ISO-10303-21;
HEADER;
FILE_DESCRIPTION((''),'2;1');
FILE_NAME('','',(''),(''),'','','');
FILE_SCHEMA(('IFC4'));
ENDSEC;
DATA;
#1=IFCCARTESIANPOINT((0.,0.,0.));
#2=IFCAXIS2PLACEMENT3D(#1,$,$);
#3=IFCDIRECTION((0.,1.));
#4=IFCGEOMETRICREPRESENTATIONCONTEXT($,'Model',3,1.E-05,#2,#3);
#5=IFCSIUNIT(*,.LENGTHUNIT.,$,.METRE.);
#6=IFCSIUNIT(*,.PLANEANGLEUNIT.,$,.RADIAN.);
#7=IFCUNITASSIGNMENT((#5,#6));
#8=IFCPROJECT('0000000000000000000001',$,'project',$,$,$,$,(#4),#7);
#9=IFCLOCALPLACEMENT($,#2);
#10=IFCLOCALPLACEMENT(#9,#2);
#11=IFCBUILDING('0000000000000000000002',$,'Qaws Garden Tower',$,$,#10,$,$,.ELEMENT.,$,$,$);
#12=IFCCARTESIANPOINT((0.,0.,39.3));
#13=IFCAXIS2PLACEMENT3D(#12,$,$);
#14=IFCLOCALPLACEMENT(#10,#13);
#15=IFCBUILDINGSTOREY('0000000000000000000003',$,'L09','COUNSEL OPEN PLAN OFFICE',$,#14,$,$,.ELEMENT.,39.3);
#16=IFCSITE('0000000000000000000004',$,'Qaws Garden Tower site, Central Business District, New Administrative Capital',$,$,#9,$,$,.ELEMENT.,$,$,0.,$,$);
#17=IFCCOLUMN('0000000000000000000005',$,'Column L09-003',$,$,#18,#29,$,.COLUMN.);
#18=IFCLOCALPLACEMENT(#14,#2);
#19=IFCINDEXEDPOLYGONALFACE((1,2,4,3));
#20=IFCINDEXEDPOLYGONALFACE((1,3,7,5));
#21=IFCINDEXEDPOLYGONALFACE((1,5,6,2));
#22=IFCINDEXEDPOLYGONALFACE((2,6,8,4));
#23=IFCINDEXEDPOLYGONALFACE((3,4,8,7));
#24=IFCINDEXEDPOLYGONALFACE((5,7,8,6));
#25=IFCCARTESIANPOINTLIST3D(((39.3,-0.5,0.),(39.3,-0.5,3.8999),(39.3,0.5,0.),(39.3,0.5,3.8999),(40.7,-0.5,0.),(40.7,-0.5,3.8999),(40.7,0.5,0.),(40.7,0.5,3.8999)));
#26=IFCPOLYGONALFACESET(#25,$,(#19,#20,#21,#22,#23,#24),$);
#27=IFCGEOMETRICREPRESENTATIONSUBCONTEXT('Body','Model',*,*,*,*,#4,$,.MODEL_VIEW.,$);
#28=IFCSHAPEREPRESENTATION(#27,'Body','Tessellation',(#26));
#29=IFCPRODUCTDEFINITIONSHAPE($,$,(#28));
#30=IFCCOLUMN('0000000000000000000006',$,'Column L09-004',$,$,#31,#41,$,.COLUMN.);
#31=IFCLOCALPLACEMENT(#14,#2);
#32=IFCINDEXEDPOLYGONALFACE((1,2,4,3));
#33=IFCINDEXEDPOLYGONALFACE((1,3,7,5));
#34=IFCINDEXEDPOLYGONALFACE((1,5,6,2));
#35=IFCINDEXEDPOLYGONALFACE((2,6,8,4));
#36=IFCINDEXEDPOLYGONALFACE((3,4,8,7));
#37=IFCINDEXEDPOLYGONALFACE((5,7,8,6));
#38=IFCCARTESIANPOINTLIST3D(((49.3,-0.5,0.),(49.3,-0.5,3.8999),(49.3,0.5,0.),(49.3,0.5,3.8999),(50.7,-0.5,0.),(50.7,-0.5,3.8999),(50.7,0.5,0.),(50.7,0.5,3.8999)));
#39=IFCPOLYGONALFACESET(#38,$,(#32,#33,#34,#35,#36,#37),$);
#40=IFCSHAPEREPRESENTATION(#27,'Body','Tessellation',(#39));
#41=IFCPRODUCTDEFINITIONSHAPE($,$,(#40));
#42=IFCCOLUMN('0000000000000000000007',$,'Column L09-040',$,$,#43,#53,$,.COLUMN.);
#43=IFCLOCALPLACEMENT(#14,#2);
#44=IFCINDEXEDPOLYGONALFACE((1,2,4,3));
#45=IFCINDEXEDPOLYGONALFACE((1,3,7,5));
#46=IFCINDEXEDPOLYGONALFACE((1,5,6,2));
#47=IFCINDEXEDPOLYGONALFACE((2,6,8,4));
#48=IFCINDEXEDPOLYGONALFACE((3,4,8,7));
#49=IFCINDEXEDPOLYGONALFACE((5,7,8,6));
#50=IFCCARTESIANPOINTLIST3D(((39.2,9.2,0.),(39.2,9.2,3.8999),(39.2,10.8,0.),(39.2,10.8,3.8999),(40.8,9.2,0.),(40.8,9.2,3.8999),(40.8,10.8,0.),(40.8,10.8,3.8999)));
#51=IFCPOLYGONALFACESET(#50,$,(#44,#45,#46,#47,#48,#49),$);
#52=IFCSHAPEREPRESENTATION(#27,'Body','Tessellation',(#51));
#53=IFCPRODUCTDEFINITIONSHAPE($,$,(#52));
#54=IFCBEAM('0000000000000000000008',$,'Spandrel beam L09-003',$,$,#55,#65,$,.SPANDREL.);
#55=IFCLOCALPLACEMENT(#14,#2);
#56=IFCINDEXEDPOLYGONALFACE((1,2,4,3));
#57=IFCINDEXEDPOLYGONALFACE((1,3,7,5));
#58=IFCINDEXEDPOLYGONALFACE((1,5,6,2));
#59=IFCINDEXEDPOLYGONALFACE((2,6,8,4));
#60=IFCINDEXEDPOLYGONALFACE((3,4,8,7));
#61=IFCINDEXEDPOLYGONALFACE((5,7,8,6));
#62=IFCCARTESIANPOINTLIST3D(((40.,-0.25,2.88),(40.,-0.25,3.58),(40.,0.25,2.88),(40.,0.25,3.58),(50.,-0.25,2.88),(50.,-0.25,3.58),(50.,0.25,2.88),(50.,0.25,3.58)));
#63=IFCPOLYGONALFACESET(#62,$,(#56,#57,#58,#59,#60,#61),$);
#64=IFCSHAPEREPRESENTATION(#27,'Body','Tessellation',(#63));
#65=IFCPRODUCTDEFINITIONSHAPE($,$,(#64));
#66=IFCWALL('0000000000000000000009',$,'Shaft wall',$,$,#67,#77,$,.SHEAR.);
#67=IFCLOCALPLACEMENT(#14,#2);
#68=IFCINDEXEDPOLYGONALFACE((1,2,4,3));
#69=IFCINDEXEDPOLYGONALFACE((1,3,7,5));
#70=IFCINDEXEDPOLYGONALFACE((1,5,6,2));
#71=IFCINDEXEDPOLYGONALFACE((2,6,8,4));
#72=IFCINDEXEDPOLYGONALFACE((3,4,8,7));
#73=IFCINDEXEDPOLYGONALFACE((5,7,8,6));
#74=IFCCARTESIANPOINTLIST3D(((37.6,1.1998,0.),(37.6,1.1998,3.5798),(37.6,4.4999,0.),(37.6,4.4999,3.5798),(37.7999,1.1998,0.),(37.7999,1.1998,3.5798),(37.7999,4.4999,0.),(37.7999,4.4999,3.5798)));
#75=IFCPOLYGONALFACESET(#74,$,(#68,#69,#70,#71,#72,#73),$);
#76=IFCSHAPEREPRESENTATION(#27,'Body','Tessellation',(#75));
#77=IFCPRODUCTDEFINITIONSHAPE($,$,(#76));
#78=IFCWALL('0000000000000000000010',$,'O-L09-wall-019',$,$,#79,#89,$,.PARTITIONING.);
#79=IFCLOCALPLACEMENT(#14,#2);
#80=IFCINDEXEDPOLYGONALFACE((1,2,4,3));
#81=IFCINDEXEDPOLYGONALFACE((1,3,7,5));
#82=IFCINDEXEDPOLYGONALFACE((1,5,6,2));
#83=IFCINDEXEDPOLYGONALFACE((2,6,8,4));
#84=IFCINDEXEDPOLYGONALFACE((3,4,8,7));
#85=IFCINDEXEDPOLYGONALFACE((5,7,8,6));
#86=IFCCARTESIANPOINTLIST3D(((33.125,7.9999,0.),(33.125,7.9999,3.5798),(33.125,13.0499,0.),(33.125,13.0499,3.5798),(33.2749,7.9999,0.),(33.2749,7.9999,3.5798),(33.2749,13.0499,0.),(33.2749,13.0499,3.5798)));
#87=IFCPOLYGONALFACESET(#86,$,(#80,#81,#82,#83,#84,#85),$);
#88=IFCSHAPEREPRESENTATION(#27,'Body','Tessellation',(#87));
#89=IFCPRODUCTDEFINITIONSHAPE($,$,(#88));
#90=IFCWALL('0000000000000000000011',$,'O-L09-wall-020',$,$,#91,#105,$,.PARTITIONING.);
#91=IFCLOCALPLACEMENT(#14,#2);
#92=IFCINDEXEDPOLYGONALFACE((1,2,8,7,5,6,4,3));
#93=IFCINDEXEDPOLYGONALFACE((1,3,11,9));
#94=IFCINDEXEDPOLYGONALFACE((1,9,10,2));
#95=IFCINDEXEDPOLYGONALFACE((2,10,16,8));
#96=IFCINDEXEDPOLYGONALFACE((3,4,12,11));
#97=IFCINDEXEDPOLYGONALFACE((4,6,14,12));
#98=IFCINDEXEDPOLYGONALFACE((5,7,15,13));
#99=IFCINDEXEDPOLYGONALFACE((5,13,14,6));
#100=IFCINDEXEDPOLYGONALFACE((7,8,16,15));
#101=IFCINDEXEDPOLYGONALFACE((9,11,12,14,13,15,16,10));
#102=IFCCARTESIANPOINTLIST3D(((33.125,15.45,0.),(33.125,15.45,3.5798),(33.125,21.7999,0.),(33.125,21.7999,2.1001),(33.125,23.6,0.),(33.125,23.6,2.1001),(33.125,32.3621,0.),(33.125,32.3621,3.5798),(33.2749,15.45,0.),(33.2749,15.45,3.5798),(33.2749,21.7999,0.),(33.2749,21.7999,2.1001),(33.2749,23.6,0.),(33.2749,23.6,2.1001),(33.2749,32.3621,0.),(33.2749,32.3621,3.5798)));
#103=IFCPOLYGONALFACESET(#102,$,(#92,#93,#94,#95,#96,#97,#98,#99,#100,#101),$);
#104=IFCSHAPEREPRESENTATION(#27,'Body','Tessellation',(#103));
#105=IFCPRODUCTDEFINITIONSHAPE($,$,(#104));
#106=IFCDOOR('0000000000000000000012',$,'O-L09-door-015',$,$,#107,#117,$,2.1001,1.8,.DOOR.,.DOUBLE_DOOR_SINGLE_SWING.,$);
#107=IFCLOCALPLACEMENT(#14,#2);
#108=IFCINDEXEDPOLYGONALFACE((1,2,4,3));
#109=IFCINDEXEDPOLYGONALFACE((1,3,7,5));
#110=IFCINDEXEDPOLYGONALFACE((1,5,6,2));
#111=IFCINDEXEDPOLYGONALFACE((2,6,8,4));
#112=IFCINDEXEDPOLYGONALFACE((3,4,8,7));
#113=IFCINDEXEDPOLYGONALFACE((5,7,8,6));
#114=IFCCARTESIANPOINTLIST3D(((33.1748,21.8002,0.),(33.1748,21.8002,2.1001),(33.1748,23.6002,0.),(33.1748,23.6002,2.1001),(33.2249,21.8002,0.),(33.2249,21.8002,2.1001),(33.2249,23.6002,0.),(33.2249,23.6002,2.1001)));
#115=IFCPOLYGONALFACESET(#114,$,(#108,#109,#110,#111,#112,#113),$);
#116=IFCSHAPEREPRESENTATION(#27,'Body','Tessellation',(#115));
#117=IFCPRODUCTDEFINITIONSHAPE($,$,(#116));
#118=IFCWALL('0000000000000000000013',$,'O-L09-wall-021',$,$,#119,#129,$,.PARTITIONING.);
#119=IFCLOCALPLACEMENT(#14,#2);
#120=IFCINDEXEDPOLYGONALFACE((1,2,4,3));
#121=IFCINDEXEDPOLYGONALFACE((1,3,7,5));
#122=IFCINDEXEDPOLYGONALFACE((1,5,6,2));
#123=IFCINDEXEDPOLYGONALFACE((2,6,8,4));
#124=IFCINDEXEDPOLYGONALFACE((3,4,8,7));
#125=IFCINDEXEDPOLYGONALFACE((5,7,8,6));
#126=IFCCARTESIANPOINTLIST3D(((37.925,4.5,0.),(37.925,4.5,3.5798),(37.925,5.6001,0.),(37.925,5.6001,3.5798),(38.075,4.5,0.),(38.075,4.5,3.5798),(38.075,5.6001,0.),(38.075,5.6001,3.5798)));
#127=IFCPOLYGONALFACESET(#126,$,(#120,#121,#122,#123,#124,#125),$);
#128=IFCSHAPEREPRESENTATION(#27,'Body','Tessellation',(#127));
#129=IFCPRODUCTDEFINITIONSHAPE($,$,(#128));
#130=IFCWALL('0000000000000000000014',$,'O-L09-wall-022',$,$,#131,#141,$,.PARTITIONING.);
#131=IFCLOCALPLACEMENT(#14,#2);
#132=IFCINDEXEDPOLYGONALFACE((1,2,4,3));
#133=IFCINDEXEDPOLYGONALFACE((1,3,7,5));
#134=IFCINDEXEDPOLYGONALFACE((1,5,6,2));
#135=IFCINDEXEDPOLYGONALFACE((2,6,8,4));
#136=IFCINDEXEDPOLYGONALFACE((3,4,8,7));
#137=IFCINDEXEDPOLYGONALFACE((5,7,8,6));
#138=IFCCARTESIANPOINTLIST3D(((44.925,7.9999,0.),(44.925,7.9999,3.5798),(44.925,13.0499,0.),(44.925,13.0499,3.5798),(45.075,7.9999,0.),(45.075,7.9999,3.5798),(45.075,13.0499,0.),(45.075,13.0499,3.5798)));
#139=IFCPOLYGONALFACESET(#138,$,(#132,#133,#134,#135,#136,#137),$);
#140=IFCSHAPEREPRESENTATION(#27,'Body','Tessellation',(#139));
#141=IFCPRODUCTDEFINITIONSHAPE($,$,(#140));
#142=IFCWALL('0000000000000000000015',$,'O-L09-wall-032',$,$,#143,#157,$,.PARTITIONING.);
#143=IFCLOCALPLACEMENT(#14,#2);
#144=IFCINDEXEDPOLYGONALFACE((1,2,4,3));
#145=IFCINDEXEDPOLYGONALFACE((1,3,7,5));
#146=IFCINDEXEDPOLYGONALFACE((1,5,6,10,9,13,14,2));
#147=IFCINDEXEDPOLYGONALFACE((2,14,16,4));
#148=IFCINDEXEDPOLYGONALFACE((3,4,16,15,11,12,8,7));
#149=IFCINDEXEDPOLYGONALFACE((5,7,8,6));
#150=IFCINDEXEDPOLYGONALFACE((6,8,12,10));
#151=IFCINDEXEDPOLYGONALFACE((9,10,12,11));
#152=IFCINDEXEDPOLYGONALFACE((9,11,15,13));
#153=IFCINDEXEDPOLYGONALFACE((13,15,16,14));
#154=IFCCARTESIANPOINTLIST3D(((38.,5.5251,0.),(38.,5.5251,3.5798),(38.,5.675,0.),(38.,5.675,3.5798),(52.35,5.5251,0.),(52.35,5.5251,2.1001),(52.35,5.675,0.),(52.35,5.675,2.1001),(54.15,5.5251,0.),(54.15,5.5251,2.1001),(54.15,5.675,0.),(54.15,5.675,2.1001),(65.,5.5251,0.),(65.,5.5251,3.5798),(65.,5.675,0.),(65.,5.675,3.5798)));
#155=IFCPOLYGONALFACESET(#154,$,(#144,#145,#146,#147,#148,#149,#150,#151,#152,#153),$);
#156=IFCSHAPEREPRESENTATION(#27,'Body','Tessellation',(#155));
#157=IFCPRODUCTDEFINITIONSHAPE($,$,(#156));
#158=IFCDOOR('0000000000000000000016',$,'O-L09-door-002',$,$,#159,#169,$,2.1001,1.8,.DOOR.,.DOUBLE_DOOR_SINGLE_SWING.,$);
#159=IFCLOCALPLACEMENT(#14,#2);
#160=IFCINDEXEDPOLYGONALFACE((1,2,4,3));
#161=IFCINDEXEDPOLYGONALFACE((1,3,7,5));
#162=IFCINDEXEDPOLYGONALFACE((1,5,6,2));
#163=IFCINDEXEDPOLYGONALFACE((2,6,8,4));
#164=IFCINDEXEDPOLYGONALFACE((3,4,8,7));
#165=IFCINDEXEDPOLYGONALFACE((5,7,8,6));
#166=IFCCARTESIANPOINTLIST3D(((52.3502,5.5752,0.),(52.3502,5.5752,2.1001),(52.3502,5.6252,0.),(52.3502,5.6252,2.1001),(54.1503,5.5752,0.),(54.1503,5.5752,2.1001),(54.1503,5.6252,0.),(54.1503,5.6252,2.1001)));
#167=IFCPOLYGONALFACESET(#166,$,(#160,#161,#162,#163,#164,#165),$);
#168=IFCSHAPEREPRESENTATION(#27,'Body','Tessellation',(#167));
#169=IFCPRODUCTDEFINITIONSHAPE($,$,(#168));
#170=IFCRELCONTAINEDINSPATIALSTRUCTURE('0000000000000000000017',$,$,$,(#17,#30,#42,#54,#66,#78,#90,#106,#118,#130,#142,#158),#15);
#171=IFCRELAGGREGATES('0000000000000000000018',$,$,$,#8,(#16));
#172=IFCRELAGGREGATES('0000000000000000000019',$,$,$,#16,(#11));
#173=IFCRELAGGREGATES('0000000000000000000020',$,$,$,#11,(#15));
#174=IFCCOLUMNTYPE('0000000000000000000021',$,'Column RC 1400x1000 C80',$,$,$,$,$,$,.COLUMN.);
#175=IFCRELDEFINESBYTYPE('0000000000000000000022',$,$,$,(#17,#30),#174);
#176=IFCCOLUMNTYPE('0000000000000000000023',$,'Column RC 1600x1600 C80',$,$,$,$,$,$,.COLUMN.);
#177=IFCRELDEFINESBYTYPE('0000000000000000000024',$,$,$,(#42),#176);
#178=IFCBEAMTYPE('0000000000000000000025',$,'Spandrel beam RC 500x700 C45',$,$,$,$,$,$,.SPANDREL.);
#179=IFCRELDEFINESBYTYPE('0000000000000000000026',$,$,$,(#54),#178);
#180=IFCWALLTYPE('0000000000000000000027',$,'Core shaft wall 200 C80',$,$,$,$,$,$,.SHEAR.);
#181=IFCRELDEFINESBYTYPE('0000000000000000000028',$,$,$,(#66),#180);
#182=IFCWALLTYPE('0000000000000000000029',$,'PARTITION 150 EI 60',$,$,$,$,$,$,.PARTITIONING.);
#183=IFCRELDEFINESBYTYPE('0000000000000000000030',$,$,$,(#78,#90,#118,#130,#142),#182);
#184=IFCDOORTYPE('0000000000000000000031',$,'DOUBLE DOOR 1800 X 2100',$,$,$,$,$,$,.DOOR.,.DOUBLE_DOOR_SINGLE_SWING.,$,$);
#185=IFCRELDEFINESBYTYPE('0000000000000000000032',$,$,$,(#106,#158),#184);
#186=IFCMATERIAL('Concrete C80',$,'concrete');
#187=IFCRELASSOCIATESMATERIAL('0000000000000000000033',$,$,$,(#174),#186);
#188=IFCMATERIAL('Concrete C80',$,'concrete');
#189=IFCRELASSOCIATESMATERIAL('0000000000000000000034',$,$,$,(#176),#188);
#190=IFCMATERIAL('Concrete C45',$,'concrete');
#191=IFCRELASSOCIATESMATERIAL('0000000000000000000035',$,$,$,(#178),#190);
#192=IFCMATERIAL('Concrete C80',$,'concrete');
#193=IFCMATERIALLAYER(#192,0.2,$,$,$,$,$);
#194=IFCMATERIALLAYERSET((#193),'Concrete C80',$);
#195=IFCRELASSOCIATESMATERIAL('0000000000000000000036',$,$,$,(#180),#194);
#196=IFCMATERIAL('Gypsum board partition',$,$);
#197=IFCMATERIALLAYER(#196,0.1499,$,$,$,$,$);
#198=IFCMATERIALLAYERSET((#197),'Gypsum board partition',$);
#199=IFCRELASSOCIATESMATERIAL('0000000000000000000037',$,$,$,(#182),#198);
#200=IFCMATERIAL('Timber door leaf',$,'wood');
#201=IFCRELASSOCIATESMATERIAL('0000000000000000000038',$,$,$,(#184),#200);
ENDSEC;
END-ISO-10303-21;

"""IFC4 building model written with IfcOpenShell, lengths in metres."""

from ifc_helpers import new_model, si_unit, direction, frame, frame_2d, origin, origin_2d, place, context, subcontext, project, spatial, rectangle, extrude, material, layer, layer_set, material_profile, profile_set, type_object, element, fill, save


model = new_model("IFC4")

# Units and contexts
model_context = context("Model", 3, precision=1e-05, world=origin(), true_north=direction((0.0, 1.0)))
body_context = subcontext(model_context, "Body", "Model", "MODEL_VIEW")
ifc_project = project(units=[si_unit("LENGTHUNIT", "METRE"), si_unit("PLANEANGLEUNIT", "RADIAN")], contexts=[model_context])

# Site, building, storey
site_placement = place(None, origin())
site = spatial("IfcSite", under=ifc_project, at=site_placement, Name="Qaws Garden Tower site, Central Business District, New Administrative Capital", CompositionType="ELEMENT", RefElevation=0.0)
building_placement = place(site_placement, origin())
building = spatial("IfcBuilding", under=site, at=building_placement, Name="Qaws Garden Tower", CompositionType="ELEMENT")
storey_placement = place(building_placement, frame((0.0, 0.0, 39.3)))
storey = spatial("IfcBuildingStorey", under=building, at=storey_placement, Name="L09", Description="COUNSEL OPEN PLAN OFFICE", CompositionType="ELEMENT", Elevation=39.3)

# Columns
ifc_material_1 = material(Name="Concrete C80", Category="concrete")
ifc_material_profile_1 = material_profile(ifc_material_1, rectangle(XDim=1.3999, YDim=1.0, at=origin_2d()), Name="RC 1400x1000")
ifc_profile_set_1 = profile_set([ifc_material_profile_1], Name="Concrete C80")
column_type_1 = type_object("IfcColumnType", Name="Column RC 1400x1000 C80", PredefinedType="COLUMN", material=ifc_profile_set_1)
for number, where, z_axis, x_axis, name in (
    (1, (40.0, 0.0, 0.0), (0.0, 0.0, 1.0), (1.0, 0.0, 0.0), "Column L09-003"),
    (2, (50.0, 0.0, 0.0), (0.0, 0.0, 1.0), (1.0, 0.0, 0.0), "Column L09-004"),
):
    element("IfcColumn", number, at=place(storey_placement, frame(where, z_axis=z_axis, x_axis=x_axis)), inside=storey, type_object=column_type_1, Name=name, PredefinedType="COLUMN", context=body_context, shape_type="SweptSolid", body=[
        extrude(rectangle(XDim=1.3999, YDim=1.0, at=origin_2d()), origin(), (0.0, 0.0, 1.0), 3.8999),
    ])
ifc_material_2 = material(Name="Concrete C80", Category="concrete")
ifc_material_profile_2 = material_profile(ifc_material_2, rectangle(XDim=1.6001, YDim=1.6001, at=origin_2d()), Name="RC 1600x1600")
ifc_profile_set_2 = profile_set([ifc_material_profile_2], Name="Concrete C80")
column_type_2 = type_object("IfcColumnType", Name="Column RC 1600x1600 C80", PredefinedType="COLUMN", material=ifc_profile_set_2)
column_placement = place(storey_placement, frame((40.0, 10.0, 0.0), z_axis=(0.0, 0.0, 1.0), x_axis=(1.0, 0.0, 0.0)))
element("IfcColumn", 3, at=column_placement, inside=storey, type_object=column_type_2, Name="Column L09-040", PredefinedType="COLUMN", context=body_context, shape_type="SweptSolid", body=[
    extrude(rectangle(XDim=1.6001, YDim=1.6001, at=origin_2d()), origin(), (0.0, 0.0, 1.0), 3.8999),
])

# Beam
ifc_material_3 = material(Name="Concrete C45", Category="concrete")
ifc_material_profile_3 = material_profile(ifc_material_3, rectangle(XDim=0.5, YDim=0.7, at=origin_2d()), Name="RC 500x700")
ifc_profile_set_3 = profile_set([ifc_material_profile_3], Name="Concrete C45")
beam_type = type_object("IfcBeamType", Name="Spandrel beam RC 500x700 C45", PredefinedType="SPANDREL", material=ifc_profile_set_3)
beam_placement = place(storey_placement, frame((40.0, 0.0, 3.23), z_axis=(1.0, 0.0, 0.0), x_axis=(0.0, 1.0, 0.0)))
element("IfcBeam", 4, at=beam_placement, inside=storey, type_object=beam_type, Name="Spandrel beam L09-003", PredefinedType="SPANDREL", context=body_context, shape_type="SweptSolid", body=[
    extrude(rectangle(XDim=0.5, YDim=0.7, at=origin_2d()), origin(), (0.0, 0.0, 1.0), 10.0),
])

# Walls
ifc_material_4 = material(Name="Concrete C80", Category="concrete")
ifc_layer_1 = layer(ifc_material_4, 0.2)
ifc_layer_set_1 = layer_set([ifc_layer_1], Name="Concrete C80")
wall_type_1 = type_object("IfcWallType", Name="Core shaft wall 200 C80", PredefinedType="SHEAR", material=ifc_layer_set_1)
wall_1_placement = place(storey_placement, frame((37.7, 1.2, 0.0), z_axis=(0.0, 0.0, 1.0), x_axis=(0.0, 1.0, 0.0)))
element("IfcWall", 5, at=wall_1_placement, inside=storey, type_object=wall_type_1, Name="Shaft wall", PredefinedType="SHEAR", context=body_context, shape_type="SweptSolid", body=[
    extrude(rectangle(XDim=3.3, YDim=0.2, at=frame_2d((1.6499, 0.0))), origin(), (0.0, 0.0, 1.0), 3.5798),
])
ifc_material_5 = material(Name="Gypsum board partition")
ifc_layer_2 = layer(ifc_material_5, 0.1499)
ifc_layer_set_2 = layer_set([ifc_layer_2], Name="Gypsum board partition")
wall_type_2 = type_object("IfcWallType", Name="PARTITION 150 EI 60", PredefinedType="PARTITIONING", material=ifc_layer_set_2)
wall_2_placement = place(storey_placement, frame((33.2, 8.0, 0.0), z_axis=(0.0, 0.0, 1.0), x_axis=(0.0, 1.0, 0.0)))
element("IfcWall", 6, at=wall_2_placement, inside=storey, type_object=wall_type_2, Name="O-L09-wall-019", PredefinedType="PARTITIONING", context=body_context, shape_type="SweptSolid", body=[
    extrude(rectangle(XDim=5.05, YDim=0.1499, at=frame_2d((2.5249, 0.0))), origin(), (0.0, 0.0, 1.0), 3.5798),
])

# Wall, opening, door
wall_3_placement = place(storey_placement, frame((33.2, 15.45, 0.0), z_axis=(0.0, 0.0, 1.0), x_axis=(0.0, 1.0, 0.0)))
wall_3 = element("IfcWall", 7, at=wall_3_placement, inside=storey, type_object=wall_type_2, Name="O-L09-wall-020", PredefinedType="PARTITIONING", context=body_context, shape_type="SweptSolid", body=[
    extrude(rectangle(XDim=16.9121, YDim=0.1499, at=frame_2d((8.4561, 0.0))), origin(), (0.0, 0.0, 1.0), 3.5798),
])
opening_1_placement = place(wall_3_placement, frame((6.3501, 0.0, 0.0)))
opening_1 = element("IfcOpeningElement", 8, at=opening_1_placement, cuts=wall_3, PredefinedType="OPENING", context=body_context, shape_type="SweptSolid", body=[
    extrude(rectangle(XDim=1.8, YDim=2.1001, at=frame_2d((0.8999, 1.05))), frame((0.0, 0.085, 0.0), z_axis=(0.0, -1.0, 0.0), x_axis=(1.0, 0.0, 0.0)), (0.0, 0.0, 1.0), 0.1699),
])
ifc_material_6 = material(Name="Timber door leaf", Category="wood")
door_type_1 = type_object("IfcDoorType", Name="DOUBLE DOOR 1800 X 2100", OperationType="DOUBLE_DOOR_SINGLE_SWING", PredefinedType="DOOR", material=ifc_material_6)
door_1_placement = place(opening_1_placement, frame((1.8, 0.0, 0.0), z_axis=(0.0, 0.0, 1.0), x_axis=(-1.0, 0.0, 0.0)))
door_1 = element("IfcDoor", 9, at=door_1_placement, inside=storey, type_object=door_type_1, Name="O-L09-door-015", OperationType="DOUBLE_DOOR_SINGLE_SWING", OverallHeight=2.1001, OverallWidth=1.8, PredefinedType="DOOR", context=body_context, shape_type="SweptSolid", body=[
    extrude(rectangle(XDim=1.8, YDim=2.1001, at=frame_2d((0.8999, 1.05))), frame((0.0, 0.0249, 0.0), z_axis=(0.0, -1.0, 0.0), x_axis=(1.0, 0.0, 0.0)), (0.0, 0.0, 1.0), 0.05),
])
fill(opening_1, door_1)

# Walls
wall_4_placement = place(storey_placement, frame((38.0, 4.5, 0.0), z_axis=(0.0, 0.0, 1.0), x_axis=(0.0, 1.0, 0.0)))
element("IfcWall", 10, at=wall_4_placement, inside=storey, type_object=wall_type_2, Name="O-L09-wall-021", PredefinedType="PARTITIONING", context=body_context, shape_type="SweptSolid", body=[
    extrude(rectangle(XDim=1.1001, YDim=0.1499, at=frame_2d((0.55, 0.0))), origin(), (0.0, 0.0, 1.0), 3.5798),
])
wall_5_placement = place(storey_placement, frame((45.0, 8.0, 0.0), z_axis=(0.0, 0.0, 1.0), x_axis=(0.0, 1.0, 0.0)))
element("IfcWall", 11, at=wall_5_placement, inside=storey, type_object=wall_type_2, Name="O-L09-wall-022", PredefinedType="PARTITIONING", context=body_context, shape_type="SweptSolid", body=[
    extrude(rectangle(XDim=5.05, YDim=0.1499, at=frame_2d((2.5249, 0.0))), origin(), (0.0, 0.0, 1.0), 3.5798),
])

# Wall, opening, door
wall_6_placement = place(storey_placement, frame((38.0, 5.6001, 0.0), z_axis=(0.0, 0.0, 1.0), x_axis=(1.0, 0.0, 0.0)))
wall_6 = element("IfcWall", 12, at=wall_6_placement, inside=storey, type_object=wall_type_2, Name="O-L09-wall-032", PredefinedType="PARTITIONING", context=body_context, shape_type="SweptSolid", body=[
    extrude(rectangle(XDim=27.0, YDim=0.1499, at=frame_2d((13.5, 0.0))), origin(), (0.0, 0.0, 1.0), 3.5798),
])
opening_2_placement = place(wall_6_placement, frame((14.3501, 0.0, 0.0)))
opening_2 = element("IfcOpeningElement", 13, at=opening_2_placement, cuts=wall_6, PredefinedType="OPENING", context=body_context, shape_type="SweptSolid", body=[
    extrude(rectangle(XDim=1.8, YDim=2.1001, at=frame_2d((0.8999, 1.05))), frame((0.0, 0.085, 0.0), z_axis=(0.0, -1.0, 0.0), x_axis=(1.0, 0.0, 0.0)), (0.0, 0.0, 1.0), 0.1699),
])
door_2_placement = place(opening_2_placement, frame((1.8, 0.0, 0.0), z_axis=(0.0, 0.0, 1.0), x_axis=(-1.0, 0.0, 0.0)))
door_2 = element("IfcDoor", 14, at=door_2_placement, inside=storey, type_object=door_type_1, Name="O-L09-door-002", OperationType="DOUBLE_DOOR_SINGLE_SWING", OverallHeight=2.1001, OverallWidth=1.8, PredefinedType="DOOR", context=body_context, shape_type="SweptSolid", body=[
    extrude(rectangle(XDim=1.8, YDim=2.1001, at=frame_2d((0.8999, 1.05))), frame((0.0, 0.0249, 0.0), z_axis=(0.0, -1.0, 0.0), x_axis=(1.0, 0.0, 0.0)), (0.0, 0.0, 1.0), 0.05),
])
fill(opening_2, door_2)

save(model, "model.ifc")
